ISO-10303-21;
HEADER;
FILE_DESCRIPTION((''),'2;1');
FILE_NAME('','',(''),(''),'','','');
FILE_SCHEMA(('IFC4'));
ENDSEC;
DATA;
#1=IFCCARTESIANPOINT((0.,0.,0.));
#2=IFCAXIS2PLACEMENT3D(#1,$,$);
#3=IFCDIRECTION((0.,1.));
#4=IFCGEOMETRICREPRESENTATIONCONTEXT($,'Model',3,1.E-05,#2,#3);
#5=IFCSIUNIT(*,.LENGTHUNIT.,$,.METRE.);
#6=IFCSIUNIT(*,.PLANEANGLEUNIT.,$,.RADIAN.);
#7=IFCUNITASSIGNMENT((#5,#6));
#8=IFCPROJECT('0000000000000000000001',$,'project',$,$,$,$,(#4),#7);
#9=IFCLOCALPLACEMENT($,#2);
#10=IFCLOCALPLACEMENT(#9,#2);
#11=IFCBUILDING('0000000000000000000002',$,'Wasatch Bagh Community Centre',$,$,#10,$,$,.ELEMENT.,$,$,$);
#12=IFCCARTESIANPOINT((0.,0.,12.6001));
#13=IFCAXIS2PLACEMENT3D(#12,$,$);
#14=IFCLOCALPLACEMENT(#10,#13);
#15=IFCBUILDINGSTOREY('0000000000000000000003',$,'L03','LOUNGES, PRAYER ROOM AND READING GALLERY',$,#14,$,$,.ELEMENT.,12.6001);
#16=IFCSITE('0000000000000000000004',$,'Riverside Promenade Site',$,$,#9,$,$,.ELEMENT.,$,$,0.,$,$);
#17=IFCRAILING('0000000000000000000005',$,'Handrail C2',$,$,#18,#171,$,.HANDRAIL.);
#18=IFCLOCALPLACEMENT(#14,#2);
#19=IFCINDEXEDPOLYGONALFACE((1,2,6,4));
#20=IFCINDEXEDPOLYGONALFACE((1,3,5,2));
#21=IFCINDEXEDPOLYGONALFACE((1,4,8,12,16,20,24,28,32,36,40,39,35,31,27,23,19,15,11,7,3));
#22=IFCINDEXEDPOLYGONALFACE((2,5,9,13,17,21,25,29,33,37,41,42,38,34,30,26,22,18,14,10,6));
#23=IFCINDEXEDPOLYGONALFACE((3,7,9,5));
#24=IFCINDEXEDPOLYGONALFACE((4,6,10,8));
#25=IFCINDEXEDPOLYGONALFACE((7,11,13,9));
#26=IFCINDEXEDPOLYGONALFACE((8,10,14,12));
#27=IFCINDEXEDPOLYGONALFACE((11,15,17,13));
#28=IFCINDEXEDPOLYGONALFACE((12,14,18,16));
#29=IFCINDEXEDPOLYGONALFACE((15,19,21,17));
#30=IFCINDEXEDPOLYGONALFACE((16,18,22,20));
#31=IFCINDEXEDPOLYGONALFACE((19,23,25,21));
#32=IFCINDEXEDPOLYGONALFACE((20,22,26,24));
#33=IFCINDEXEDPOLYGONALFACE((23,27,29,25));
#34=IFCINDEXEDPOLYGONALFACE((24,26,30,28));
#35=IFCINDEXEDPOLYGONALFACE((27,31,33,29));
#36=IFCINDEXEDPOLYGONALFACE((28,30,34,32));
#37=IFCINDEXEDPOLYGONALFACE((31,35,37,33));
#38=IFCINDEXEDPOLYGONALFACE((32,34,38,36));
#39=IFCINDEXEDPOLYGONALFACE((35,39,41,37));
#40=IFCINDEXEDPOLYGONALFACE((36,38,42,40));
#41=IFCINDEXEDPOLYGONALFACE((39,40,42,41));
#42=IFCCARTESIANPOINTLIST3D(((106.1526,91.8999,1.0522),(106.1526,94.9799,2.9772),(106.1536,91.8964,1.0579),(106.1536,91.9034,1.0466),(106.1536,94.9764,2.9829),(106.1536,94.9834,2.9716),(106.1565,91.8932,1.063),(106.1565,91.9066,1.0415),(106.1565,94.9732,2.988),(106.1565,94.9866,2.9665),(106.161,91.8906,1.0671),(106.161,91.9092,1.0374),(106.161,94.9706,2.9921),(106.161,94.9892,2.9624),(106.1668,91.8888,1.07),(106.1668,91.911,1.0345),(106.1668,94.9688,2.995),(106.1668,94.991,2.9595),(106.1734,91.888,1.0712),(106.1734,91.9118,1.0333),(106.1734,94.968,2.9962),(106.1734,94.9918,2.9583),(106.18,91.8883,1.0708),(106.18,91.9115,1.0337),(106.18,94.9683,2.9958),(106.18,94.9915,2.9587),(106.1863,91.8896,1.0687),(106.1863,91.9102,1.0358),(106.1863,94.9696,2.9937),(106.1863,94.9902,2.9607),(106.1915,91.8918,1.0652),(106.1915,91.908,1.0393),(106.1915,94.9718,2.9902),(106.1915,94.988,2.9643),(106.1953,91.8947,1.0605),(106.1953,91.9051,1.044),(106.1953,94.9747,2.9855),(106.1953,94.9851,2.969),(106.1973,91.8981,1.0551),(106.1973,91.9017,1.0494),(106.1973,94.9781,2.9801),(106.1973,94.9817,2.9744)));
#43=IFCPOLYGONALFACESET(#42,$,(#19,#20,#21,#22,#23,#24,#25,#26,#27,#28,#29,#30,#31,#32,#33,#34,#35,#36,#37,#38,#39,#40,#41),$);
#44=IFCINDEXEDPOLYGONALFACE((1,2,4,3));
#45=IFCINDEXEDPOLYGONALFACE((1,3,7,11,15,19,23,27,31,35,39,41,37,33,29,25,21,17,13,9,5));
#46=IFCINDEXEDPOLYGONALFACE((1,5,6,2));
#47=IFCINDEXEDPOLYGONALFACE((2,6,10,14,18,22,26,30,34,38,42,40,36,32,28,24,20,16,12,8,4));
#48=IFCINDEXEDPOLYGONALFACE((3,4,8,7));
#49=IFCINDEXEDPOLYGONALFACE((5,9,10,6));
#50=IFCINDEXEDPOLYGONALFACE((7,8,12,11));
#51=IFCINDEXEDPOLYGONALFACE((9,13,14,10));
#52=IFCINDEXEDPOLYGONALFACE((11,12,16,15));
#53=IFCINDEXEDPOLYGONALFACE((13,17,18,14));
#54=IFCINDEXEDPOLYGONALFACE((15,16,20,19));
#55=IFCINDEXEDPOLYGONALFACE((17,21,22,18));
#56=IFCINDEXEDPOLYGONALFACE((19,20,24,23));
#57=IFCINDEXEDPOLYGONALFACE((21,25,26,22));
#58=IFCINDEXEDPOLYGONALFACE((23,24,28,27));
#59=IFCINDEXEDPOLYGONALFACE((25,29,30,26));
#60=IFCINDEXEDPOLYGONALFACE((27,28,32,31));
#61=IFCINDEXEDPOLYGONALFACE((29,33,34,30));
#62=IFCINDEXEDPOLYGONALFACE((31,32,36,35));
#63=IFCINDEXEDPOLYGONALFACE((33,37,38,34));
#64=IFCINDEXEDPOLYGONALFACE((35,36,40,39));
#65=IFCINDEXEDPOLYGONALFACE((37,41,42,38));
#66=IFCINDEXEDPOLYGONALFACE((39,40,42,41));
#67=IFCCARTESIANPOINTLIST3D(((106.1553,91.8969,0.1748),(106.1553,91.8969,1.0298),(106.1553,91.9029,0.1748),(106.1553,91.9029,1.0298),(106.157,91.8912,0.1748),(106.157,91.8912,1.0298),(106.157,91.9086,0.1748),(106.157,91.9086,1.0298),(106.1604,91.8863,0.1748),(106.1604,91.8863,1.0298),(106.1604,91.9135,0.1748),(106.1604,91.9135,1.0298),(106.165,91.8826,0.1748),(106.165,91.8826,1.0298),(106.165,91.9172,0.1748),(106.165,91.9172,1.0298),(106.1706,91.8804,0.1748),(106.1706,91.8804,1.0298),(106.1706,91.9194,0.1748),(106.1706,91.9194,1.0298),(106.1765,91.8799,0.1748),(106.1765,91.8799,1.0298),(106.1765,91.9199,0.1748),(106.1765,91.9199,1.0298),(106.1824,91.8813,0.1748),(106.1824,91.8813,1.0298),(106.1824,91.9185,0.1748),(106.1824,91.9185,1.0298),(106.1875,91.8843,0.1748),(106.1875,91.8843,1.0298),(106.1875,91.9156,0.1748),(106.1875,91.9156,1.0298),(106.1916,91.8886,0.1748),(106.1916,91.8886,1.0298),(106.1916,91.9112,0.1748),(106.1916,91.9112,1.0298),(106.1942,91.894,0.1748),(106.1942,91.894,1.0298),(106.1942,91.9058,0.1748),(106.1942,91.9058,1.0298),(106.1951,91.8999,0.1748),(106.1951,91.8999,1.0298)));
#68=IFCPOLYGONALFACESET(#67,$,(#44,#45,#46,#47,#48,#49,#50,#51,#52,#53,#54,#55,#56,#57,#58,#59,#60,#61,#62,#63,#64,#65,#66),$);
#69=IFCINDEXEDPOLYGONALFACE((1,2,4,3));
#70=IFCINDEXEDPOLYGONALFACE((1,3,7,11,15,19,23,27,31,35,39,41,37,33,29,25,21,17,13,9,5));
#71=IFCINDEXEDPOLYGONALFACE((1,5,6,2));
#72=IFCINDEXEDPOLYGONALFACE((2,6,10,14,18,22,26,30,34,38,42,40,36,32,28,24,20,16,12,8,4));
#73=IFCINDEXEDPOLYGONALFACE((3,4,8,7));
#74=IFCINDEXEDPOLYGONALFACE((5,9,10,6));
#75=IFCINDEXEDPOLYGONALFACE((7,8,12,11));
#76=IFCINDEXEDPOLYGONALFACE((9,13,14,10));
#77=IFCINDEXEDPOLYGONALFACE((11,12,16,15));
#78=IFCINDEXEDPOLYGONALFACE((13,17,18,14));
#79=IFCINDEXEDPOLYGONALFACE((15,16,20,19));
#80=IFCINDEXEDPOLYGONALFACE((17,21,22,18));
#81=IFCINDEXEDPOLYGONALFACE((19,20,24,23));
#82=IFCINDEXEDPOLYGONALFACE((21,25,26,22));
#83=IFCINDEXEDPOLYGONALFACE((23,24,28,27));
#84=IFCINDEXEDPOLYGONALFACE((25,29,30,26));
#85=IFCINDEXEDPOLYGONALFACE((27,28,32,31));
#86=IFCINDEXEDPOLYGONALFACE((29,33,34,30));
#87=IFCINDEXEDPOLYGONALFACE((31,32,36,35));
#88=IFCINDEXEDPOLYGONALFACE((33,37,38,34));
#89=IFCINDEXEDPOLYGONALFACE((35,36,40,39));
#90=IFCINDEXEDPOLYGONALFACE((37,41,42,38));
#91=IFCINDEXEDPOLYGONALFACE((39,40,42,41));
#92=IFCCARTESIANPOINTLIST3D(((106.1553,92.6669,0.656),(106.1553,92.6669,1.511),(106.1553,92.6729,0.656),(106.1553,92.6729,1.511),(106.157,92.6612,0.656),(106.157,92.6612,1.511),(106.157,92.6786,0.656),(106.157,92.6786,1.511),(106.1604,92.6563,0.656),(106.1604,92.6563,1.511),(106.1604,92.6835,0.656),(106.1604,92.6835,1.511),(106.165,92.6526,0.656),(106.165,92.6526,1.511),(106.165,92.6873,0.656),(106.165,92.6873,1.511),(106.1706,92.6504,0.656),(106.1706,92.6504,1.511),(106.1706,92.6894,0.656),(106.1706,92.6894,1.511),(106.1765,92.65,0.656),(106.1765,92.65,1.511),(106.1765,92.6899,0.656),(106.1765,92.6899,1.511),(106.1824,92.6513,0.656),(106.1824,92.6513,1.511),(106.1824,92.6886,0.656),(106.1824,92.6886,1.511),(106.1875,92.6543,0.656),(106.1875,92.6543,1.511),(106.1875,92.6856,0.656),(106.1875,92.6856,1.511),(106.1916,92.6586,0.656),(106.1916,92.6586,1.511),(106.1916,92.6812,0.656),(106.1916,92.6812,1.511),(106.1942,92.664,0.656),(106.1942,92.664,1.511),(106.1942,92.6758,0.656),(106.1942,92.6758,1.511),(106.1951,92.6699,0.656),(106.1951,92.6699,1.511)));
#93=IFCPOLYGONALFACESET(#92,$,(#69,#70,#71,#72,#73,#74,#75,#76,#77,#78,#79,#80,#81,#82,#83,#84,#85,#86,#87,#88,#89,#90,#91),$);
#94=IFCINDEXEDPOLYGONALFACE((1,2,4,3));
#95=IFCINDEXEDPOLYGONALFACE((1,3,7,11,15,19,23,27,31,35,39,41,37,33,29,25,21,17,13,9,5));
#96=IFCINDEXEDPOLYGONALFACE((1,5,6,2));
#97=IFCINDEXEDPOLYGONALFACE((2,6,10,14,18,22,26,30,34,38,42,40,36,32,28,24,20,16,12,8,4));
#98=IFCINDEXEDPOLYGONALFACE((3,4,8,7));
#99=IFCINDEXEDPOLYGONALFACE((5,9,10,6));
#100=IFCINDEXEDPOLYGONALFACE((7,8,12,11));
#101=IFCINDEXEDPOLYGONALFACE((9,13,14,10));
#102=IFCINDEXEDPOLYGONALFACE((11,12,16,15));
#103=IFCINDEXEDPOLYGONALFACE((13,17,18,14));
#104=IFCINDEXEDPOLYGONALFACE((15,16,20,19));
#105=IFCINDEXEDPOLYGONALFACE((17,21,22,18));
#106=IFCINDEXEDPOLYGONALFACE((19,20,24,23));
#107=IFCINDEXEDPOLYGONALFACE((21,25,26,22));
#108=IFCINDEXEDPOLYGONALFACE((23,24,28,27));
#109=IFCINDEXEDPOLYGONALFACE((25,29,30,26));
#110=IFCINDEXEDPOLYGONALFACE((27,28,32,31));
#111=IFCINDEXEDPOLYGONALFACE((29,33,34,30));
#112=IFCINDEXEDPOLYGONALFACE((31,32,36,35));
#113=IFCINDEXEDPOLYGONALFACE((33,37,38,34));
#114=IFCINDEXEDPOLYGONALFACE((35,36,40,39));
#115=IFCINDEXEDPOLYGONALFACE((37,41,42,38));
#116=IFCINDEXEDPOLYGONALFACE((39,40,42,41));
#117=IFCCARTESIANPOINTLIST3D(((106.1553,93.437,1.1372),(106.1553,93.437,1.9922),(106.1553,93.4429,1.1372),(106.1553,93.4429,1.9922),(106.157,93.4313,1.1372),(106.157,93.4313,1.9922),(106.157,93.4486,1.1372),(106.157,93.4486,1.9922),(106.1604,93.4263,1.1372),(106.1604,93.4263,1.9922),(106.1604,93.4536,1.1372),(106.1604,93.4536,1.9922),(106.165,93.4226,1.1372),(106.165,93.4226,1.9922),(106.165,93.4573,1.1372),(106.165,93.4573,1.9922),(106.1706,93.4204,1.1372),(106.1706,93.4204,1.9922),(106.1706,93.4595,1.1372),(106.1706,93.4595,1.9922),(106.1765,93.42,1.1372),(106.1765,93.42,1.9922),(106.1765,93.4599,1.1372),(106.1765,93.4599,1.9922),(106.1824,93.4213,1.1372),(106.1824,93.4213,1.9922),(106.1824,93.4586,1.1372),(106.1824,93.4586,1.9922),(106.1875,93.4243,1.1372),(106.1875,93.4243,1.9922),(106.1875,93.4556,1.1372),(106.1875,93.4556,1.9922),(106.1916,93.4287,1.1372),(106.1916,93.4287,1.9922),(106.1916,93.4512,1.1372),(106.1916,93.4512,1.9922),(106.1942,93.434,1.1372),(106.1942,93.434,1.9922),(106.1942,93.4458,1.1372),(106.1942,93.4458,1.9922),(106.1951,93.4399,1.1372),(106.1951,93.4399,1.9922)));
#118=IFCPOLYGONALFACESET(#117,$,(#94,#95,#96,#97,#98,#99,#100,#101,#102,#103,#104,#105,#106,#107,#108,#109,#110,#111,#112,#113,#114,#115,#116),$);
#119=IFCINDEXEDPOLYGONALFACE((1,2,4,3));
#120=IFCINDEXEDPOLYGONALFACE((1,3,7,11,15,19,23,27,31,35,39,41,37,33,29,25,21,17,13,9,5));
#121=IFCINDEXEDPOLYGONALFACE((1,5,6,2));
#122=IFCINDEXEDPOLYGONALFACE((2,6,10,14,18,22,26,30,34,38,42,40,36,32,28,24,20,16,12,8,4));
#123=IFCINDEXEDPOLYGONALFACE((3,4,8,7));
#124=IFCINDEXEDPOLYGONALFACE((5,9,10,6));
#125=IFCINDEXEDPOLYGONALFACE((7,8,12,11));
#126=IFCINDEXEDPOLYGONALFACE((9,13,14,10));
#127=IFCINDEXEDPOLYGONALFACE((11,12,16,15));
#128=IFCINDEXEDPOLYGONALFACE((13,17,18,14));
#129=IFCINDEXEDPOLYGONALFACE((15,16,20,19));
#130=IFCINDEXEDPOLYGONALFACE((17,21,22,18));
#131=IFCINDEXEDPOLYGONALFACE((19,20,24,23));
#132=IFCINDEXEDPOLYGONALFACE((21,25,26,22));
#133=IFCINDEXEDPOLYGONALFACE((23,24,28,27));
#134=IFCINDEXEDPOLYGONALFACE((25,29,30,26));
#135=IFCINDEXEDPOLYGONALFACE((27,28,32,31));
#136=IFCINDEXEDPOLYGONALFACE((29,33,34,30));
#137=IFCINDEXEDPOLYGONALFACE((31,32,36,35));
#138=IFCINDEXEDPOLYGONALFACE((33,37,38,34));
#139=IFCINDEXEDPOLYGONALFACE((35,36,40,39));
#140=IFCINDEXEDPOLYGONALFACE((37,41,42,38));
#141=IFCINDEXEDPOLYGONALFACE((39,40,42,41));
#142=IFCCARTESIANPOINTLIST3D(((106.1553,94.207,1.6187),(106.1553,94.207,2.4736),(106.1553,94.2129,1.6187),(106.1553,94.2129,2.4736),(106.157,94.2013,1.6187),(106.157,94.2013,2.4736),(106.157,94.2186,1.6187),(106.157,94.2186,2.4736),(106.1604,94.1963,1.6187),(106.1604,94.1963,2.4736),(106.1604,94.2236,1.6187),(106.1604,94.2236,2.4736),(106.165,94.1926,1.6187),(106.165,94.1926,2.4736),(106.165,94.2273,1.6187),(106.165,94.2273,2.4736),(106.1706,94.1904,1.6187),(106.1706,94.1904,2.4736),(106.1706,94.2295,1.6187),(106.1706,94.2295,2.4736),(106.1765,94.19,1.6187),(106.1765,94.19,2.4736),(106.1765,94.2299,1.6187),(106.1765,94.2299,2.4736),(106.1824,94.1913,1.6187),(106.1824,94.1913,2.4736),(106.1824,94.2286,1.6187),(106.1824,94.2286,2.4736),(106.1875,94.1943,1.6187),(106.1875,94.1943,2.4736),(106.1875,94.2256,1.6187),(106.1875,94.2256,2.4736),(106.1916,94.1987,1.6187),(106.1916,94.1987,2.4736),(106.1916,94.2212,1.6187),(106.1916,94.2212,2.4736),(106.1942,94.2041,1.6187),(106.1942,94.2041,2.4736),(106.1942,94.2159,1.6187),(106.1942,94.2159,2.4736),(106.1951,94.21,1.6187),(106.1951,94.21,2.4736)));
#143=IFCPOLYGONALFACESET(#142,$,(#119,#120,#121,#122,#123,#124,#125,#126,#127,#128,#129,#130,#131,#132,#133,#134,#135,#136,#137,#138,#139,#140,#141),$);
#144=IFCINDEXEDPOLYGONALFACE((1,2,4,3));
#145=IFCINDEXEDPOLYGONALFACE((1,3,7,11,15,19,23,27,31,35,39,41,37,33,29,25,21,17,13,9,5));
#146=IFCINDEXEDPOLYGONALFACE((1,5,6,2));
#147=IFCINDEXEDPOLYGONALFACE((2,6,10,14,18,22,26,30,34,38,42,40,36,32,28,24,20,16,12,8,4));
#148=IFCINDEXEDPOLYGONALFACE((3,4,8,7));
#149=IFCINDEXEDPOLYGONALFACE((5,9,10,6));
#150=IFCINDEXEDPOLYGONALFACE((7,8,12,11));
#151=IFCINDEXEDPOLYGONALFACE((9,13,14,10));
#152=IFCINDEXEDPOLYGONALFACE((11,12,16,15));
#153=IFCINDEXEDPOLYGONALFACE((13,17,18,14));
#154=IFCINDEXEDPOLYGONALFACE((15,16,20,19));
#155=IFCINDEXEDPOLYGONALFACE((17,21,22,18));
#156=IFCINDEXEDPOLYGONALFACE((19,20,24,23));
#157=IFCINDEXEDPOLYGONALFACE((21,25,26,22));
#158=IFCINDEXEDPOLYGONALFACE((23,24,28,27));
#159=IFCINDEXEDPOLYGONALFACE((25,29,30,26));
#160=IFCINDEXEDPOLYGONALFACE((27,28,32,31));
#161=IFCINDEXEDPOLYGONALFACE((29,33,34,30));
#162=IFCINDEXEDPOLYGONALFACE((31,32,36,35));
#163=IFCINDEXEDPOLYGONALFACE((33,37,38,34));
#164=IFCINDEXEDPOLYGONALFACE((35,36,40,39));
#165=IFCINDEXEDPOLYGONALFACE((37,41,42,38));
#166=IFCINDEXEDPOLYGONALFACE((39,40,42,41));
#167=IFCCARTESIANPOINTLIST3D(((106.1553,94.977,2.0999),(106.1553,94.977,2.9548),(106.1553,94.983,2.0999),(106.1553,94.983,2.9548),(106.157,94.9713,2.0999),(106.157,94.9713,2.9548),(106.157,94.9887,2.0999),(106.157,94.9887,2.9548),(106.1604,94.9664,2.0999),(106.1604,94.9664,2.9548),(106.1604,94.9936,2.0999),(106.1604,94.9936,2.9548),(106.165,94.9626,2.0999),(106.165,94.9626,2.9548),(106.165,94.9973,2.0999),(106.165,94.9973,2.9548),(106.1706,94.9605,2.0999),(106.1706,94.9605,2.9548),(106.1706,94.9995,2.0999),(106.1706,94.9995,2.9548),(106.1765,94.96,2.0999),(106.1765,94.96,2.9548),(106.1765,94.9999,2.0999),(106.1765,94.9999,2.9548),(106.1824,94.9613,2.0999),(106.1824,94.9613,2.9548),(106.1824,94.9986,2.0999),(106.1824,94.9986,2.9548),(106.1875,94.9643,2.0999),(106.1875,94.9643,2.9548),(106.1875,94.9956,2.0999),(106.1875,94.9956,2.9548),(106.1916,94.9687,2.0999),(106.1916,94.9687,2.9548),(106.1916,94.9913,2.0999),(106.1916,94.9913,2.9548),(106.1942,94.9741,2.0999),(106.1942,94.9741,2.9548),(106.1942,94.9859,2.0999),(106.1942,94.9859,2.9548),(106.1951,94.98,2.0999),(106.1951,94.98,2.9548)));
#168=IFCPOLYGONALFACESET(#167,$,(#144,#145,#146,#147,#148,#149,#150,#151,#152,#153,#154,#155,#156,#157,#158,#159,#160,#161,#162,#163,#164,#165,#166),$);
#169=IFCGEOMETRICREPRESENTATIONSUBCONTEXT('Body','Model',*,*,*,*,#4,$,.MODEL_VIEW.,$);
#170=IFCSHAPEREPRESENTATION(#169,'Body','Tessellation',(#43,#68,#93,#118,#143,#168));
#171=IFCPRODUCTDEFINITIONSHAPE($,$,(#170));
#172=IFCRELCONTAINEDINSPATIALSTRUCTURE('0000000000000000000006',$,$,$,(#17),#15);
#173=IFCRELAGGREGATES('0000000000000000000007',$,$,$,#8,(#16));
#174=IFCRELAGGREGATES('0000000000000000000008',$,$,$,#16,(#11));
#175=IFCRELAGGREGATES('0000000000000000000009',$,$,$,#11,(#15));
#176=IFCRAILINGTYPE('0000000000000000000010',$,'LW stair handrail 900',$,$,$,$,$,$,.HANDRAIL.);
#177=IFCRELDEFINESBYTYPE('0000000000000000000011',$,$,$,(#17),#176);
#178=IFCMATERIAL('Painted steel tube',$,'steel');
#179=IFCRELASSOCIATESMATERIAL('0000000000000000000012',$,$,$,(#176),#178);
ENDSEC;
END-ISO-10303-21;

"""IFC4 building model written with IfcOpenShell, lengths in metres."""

from ifc_helpers import new_model, si_unit, direction, frame, origin, origin_2d, place, context, subcontext, project, spatial, circle, extrude, material, type_object, element, save


model = new_model("IFC4")

# Units and contexts
model_context = context("Model", 3, precision=1e-05, world=origin(), true_north=direction((0.0, 1.0)))
body_context = subcontext(model_context, "Body", "Model", "MODEL_VIEW")
ifc_project = project(units=[si_unit("LENGTHUNIT", "METRE"), si_unit("PLANEANGLEUNIT", "RADIAN")], contexts=[model_context])

# Site, building, storey
site_placement = place(None, origin())
site = spatial("IfcSite", under=ifc_project, at=site_placement, Name="Riverside Promenade Site", CompositionType="ELEMENT", RefElevation=0.0)
building_placement = place(site_placement, origin())
building = spatial("IfcBuilding", under=site, at=building_placement, Name="Wasatch Bagh Community Centre", CompositionType="ELEMENT")
storey_placement = place(building_placement, frame((0.0, 0.0, 12.6001)))
storey = spatial("IfcBuildingStorey", under=building, at=storey_placement, Name="L03", Description="LOUNGES, PRAYER ROOM AND READING GALLERY", CompositionType="ELEMENT", Elevation=12.6001)

# Railing
ifc_material_1 = material(Name="Painted steel tube", Category="steel")
railing_type = type_object("IfcRailingType", Name="LW stair handrail 900", PredefinedType="HANDRAIL", material=ifc_material_1)
railing_placement = place(storey_placement, frame((106.175, 91.8999, 0.1748)))
element("IfcRailing", 1, at=railing_placement, inside=storey, type_object=railing_type, Name="Handrail C2", PredefinedType="HANDRAIL", context=body_context, shape_type="SweptSolid", body=[
    extrude(circle(Radius=0.0225, at=origin_2d()), frame((0.0, 0.0, 0.8774), z_axis=(0.0, 0.847998, 0.529999), x_axis=(-1.0, 0.0, 0.0)), (0.0, 0.0, 1.0), 3.6321),
    extrude(circle(Radius=0.02, at=origin_2d()), origin(), (0.0, 0.0, 1.0), 0.855),
    extrude(circle(Radius=0.02, at=origin_2d()), frame((0.0, 0.77, 0.4812)), (0.0, 0.0, 1.0), 0.855),
    extrude(circle(Radius=0.02, at=origin_2d()), frame((0.0, 1.54, 0.9624)), (0.0, 0.0, 1.0), 0.855),
    extrude(circle(Radius=0.02, at=origin_2d()), frame((0.0, 2.3101, 1.4438)), (0.0, 0.0, 1.0), 0.855),
    extrude(circle(Radius=0.02, at=origin_2d()), frame((0.0, 3.0801, 1.925)), (0.0, 0.0, 1.0), 0.855),
])

save(model, "model.ifc")
